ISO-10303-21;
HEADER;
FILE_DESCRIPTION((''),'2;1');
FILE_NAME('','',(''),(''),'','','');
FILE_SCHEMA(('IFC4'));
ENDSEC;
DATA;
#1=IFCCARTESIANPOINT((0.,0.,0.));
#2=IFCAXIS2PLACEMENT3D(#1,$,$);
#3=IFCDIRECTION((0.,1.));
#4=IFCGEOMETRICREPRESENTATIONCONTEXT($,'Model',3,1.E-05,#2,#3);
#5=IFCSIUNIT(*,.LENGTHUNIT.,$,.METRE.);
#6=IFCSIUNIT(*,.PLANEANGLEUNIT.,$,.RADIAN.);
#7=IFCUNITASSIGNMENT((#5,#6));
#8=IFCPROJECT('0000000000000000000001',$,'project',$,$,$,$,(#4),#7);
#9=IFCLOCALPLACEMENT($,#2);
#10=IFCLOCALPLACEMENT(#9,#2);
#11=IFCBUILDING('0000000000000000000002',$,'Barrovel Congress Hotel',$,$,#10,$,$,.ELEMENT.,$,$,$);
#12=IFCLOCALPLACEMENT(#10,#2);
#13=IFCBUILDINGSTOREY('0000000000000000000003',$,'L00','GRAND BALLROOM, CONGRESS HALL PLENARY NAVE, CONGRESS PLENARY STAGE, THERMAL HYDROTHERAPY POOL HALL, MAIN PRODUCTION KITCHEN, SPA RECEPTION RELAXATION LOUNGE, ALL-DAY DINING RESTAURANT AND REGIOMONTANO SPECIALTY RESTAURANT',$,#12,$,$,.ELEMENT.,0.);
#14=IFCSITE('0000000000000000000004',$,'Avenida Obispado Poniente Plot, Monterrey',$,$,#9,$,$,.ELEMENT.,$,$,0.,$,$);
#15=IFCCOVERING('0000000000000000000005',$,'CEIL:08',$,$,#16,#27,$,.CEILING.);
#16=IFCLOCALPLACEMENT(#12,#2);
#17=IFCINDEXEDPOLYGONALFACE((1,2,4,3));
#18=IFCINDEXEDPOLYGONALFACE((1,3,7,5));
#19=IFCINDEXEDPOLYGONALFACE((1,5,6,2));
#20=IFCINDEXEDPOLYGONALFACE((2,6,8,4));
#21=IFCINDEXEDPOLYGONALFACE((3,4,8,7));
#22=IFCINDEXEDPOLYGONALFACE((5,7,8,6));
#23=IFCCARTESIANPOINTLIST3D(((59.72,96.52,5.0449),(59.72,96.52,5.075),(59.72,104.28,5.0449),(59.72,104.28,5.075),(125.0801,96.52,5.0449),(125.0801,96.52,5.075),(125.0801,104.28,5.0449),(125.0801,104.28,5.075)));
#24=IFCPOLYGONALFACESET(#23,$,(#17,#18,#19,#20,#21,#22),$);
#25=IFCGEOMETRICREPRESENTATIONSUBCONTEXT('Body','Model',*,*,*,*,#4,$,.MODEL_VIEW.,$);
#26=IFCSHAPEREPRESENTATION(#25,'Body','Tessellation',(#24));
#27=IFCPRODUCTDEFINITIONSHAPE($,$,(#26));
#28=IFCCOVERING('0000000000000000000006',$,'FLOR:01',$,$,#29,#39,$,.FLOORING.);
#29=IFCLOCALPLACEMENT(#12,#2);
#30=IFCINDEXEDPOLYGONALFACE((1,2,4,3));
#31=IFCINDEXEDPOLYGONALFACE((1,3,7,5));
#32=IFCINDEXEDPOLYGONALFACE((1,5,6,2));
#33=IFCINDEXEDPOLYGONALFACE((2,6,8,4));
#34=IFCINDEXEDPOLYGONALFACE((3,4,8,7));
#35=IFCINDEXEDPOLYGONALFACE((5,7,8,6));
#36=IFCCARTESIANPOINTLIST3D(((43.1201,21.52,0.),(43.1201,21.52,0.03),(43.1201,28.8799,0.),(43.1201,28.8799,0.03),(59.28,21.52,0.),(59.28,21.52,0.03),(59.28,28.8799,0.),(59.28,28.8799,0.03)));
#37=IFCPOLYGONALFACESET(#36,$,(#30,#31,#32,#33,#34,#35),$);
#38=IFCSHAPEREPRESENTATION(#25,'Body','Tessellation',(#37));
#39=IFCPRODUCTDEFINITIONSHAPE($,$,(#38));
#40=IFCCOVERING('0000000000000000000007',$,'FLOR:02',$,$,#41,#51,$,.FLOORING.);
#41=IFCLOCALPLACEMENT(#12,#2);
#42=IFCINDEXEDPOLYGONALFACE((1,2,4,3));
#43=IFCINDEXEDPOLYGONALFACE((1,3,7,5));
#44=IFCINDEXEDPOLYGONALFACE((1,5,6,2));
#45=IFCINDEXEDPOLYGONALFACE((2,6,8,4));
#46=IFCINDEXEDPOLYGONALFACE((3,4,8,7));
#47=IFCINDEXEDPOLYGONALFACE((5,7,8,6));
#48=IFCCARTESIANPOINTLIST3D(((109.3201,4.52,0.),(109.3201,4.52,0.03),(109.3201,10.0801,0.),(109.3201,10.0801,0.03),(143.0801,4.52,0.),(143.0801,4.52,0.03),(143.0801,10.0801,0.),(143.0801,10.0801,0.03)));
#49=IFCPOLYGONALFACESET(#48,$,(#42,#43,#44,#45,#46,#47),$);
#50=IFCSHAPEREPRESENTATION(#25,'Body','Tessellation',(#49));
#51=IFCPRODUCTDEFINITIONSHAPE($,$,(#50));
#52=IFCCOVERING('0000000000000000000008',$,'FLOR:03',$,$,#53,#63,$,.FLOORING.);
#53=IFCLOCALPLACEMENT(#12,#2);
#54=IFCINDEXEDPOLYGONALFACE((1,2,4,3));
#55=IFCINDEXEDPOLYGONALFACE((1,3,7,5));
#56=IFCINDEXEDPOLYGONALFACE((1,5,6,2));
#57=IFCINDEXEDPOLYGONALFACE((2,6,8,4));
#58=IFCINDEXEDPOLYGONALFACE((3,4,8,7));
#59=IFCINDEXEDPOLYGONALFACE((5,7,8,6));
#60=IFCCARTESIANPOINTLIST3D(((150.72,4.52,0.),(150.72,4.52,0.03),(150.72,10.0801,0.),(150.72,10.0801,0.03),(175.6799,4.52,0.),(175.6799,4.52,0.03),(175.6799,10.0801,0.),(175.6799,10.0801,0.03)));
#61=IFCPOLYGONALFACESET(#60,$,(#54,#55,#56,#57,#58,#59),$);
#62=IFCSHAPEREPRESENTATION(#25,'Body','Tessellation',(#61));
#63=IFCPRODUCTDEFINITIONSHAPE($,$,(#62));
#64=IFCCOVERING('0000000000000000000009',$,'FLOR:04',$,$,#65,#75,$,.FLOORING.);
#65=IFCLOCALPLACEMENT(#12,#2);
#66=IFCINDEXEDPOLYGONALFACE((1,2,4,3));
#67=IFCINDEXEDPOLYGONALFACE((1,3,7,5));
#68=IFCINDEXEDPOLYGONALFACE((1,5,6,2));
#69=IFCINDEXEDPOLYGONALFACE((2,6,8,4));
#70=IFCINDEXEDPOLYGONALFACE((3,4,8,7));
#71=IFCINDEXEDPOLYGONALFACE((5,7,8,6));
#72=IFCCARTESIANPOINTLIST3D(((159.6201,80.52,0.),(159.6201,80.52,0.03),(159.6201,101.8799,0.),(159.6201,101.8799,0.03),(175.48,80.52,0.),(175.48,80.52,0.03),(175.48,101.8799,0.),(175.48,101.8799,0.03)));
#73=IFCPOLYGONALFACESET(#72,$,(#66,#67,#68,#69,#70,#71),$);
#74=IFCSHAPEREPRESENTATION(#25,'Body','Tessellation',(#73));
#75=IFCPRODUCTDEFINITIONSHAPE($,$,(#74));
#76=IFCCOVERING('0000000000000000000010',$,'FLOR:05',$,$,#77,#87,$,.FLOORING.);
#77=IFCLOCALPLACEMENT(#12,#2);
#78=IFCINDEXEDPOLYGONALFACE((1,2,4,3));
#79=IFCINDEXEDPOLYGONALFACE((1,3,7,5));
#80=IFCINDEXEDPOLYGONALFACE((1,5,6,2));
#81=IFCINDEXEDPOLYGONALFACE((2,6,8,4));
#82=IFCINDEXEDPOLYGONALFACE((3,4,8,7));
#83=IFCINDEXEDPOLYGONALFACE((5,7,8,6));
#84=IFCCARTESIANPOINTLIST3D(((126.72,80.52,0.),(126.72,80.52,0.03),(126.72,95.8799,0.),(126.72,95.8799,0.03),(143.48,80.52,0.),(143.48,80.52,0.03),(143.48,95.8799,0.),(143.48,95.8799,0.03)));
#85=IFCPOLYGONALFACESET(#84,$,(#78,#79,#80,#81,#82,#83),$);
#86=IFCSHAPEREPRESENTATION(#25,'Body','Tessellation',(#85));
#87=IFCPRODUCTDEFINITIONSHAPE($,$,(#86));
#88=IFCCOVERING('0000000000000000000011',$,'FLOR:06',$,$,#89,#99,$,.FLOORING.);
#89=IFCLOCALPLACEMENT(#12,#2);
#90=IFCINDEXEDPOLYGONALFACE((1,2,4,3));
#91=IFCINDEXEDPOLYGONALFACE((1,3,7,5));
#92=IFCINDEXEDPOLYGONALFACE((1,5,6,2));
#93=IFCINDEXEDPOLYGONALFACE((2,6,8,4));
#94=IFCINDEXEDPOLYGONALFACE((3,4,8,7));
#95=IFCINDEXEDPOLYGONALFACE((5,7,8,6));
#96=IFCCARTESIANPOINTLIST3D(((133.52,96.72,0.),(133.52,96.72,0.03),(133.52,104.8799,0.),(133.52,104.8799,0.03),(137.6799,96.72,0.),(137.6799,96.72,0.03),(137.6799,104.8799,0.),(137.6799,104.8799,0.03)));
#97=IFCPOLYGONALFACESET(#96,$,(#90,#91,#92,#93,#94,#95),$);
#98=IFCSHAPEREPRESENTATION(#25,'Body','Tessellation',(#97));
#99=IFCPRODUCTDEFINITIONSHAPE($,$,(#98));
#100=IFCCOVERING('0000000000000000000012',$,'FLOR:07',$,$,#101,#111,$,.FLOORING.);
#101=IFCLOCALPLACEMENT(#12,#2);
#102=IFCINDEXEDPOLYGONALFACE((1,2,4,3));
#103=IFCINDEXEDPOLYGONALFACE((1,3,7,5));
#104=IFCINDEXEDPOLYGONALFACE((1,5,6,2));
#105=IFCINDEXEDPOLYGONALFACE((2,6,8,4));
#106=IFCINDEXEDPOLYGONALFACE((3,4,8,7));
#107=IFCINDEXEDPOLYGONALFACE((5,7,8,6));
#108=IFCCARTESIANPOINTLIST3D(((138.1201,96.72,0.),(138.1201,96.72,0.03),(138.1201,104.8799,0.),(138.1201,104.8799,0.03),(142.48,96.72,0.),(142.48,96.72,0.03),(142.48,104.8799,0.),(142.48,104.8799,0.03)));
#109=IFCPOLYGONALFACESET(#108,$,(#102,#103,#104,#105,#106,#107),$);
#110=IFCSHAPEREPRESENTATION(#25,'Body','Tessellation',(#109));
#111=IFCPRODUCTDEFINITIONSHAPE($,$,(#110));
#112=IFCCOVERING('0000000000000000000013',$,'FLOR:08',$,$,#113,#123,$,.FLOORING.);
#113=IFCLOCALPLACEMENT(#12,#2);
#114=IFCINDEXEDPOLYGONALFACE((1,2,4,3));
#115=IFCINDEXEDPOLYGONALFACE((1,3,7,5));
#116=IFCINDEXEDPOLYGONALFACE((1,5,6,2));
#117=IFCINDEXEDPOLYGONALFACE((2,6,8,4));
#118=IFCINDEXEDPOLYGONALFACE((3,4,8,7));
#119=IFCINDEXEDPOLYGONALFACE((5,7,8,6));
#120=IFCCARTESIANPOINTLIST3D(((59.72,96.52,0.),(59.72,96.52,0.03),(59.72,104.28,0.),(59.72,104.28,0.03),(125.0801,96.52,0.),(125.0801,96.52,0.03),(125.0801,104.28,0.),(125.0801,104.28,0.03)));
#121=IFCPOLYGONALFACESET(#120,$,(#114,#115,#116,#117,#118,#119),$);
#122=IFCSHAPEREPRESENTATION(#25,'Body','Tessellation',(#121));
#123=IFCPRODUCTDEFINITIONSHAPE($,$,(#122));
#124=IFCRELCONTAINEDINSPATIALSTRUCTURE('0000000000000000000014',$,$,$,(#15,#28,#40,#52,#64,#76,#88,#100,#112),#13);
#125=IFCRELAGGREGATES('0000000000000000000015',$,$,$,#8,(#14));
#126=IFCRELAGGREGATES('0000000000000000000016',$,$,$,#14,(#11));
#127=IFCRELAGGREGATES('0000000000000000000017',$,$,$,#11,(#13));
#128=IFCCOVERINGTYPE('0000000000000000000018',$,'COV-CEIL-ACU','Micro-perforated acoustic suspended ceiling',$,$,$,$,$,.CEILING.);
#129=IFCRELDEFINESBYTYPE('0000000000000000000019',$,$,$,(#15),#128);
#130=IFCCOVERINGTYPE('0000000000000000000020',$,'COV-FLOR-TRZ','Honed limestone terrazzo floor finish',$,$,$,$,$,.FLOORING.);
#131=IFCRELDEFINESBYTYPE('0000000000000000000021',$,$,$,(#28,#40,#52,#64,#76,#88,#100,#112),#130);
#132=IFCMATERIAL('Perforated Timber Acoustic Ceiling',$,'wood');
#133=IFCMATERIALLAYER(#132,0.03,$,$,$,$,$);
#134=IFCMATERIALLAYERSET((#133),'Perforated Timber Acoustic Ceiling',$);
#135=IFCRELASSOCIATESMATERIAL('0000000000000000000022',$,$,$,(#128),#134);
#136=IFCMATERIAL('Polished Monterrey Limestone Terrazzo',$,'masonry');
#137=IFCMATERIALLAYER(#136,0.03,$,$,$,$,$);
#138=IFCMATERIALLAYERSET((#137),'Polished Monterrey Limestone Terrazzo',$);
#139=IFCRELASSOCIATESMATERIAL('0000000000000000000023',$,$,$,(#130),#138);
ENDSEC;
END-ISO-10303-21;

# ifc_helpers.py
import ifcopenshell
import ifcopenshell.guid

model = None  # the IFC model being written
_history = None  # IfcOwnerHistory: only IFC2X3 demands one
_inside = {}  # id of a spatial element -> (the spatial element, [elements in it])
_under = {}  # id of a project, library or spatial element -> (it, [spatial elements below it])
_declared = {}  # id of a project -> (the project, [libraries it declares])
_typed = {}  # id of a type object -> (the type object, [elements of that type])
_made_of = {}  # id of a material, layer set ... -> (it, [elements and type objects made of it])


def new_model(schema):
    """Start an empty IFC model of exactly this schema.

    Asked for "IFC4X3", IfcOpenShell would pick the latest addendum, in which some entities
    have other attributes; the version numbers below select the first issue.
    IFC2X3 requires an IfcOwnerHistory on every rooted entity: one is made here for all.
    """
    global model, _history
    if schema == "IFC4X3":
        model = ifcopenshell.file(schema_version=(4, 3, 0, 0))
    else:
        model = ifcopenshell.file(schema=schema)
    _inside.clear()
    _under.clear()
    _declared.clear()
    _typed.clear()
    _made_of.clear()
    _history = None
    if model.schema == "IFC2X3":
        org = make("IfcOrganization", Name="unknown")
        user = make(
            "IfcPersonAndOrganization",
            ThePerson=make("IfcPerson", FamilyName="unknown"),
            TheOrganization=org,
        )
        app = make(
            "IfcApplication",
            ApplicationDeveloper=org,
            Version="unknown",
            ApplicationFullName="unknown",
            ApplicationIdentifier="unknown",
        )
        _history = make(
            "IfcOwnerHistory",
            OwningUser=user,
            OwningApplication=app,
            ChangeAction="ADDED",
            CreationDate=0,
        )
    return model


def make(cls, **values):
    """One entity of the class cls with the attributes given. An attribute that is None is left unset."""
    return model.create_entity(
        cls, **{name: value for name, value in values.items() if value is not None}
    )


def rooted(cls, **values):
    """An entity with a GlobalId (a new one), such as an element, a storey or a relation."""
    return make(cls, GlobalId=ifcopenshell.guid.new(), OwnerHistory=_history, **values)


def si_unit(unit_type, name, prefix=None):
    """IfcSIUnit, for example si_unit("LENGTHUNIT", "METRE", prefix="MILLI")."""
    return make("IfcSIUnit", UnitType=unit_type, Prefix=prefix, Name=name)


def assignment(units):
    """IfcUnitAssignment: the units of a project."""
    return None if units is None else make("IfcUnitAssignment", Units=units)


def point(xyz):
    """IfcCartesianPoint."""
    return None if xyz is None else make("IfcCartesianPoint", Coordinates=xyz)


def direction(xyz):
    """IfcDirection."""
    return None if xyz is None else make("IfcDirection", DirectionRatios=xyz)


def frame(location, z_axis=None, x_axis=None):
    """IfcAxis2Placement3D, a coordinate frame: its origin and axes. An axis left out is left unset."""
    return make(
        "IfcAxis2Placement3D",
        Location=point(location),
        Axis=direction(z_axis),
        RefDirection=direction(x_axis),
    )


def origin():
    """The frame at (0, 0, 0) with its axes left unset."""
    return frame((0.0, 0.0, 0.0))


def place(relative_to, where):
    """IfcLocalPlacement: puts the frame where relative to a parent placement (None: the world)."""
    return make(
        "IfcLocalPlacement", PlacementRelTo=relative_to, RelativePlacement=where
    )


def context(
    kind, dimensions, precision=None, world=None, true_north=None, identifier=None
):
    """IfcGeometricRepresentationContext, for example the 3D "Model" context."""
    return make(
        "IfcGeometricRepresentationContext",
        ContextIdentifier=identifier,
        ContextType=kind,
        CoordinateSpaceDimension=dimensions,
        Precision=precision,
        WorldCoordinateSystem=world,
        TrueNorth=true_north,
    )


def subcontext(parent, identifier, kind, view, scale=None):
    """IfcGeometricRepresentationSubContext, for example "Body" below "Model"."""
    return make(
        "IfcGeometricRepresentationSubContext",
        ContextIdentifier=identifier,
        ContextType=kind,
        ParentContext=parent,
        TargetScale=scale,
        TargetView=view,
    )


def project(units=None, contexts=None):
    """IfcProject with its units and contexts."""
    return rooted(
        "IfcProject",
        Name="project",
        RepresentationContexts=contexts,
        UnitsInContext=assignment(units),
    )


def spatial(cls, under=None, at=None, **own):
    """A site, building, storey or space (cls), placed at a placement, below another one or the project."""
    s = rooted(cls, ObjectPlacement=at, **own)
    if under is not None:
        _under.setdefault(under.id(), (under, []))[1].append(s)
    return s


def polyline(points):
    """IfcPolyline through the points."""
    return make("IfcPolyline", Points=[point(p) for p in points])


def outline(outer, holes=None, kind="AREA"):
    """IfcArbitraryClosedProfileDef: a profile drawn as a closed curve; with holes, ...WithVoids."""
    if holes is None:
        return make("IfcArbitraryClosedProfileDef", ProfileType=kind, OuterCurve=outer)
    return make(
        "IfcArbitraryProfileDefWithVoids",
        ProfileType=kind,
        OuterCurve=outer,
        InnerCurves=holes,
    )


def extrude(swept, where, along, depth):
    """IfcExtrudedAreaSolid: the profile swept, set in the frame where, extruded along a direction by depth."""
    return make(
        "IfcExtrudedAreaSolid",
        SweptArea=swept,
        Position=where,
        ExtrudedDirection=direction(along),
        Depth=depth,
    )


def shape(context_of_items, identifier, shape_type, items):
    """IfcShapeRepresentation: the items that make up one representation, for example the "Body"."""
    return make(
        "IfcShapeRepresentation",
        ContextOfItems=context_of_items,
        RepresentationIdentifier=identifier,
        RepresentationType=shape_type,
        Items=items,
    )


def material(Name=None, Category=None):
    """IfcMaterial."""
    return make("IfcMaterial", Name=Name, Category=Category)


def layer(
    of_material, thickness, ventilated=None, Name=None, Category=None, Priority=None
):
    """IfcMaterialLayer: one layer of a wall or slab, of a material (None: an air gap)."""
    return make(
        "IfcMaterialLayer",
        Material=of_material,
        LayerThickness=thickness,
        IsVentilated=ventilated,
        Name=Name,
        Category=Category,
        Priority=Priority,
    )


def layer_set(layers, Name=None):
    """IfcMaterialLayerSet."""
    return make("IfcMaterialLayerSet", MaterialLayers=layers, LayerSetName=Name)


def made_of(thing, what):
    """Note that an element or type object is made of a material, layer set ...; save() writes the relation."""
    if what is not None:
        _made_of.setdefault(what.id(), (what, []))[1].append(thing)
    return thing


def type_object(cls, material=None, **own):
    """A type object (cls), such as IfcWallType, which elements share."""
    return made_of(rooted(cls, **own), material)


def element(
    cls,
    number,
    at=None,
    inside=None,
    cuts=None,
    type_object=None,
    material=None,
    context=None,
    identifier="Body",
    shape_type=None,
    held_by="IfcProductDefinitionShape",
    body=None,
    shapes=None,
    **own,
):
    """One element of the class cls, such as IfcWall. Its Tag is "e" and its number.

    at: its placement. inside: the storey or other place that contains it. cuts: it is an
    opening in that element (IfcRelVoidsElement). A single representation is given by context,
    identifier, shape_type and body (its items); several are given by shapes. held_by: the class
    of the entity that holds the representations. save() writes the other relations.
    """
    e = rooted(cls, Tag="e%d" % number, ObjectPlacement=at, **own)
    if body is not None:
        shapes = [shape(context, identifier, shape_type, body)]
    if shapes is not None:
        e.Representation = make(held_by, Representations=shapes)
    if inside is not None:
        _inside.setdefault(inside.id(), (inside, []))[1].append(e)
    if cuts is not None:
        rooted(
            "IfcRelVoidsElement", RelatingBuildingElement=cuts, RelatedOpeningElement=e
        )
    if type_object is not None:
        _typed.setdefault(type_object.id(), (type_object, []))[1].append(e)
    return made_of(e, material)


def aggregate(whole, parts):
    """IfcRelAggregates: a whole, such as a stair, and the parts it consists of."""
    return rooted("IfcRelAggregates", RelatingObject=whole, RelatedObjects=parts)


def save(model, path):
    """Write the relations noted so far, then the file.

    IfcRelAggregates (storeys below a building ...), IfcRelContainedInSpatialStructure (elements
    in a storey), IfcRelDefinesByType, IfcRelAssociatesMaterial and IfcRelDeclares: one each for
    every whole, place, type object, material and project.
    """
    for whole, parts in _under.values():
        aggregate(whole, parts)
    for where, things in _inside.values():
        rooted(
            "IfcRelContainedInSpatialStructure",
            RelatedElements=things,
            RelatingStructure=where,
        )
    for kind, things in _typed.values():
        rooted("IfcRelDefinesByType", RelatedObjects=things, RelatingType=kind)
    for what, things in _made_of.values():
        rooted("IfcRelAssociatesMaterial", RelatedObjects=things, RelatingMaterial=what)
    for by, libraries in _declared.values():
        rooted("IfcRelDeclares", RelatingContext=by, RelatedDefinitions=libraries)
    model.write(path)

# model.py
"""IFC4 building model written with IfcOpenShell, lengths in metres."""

from ifc_helpers import new_model, si_unit, direction, frame, origin, place, context, subcontext, project, spatial, polyline, outline, extrude, material, layer, layer_set, type_object, element, save


model = new_model("IFC4")

# Units and contexts
model_context = context("Model", 3, precision=1e-05, world=origin(), true_north=direction((0.0, 1.0)))
body_context = subcontext(model_context, "Body", "Model", "MODEL_VIEW")
ifc_project = project(units=[si_unit("LENGTHUNIT", "METRE"), si_unit("PLANEANGLEUNIT", "RADIAN")], contexts=[model_context])

# Site, building, storey
site_placement = place(None, origin())
site = spatial("IfcSite", under=ifc_project, at=site_placement, Name="Avenida Obispado Poniente Plot, Monterrey", CompositionType="ELEMENT", RefElevation=0.0)
building_placement = place(site_placement, origin())
building = spatial("IfcBuilding", under=site, at=building_placement, Name="Barrovel Congress Hotel", CompositionType="ELEMENT")
storey_placement = place(building_placement, origin())
storey = spatial("IfcBuildingStorey", under=building, at=storey_placement, Name="L00", Description="GRAND BALLROOM, CONGRESS HALL PLENARY NAVE, CONGRESS PLENARY STAGE, THERMAL HYDROTHERAPY POOL HALL, MAIN PRODUCTION KITCHEN, SPA RECEPTION RELAXATION LOUNGE, ALL-DAY DINING RESTAURANT AND REGIOMONTANO SPECIALTY RESTAURANT", CompositionType="ELEMENT", Elevation=0.0)

# Coverings
ifc_material_1 = material(Name="Perforated Timber Acoustic Ceiling", Category="wood")
ifc_layer_1 = layer(ifc_material_1, 0.03)
ifc_layer_set_1 = layer_set([ifc_layer_1], Name="Perforated Timber Acoustic Ceiling")
covering_type_1 = type_object("IfcCoveringType", Name="COV-CEIL-ACU", Description="Micro-perforated acoustic suspended ceiling", PredefinedType="CEILING", material=ifc_layer_set_1)
covering_1_placement = place(storey_placement, frame((0.0, 0.0, 5.0449)))
element("IfcCovering", 1, at=covering_1_placement, inside=storey, type_object=covering_type_1, Name="CEIL:08", PredefinedType="CEILING", context=body_context, shape_type="SweptSolid", body=[
    extrude(outline(polyline([(59.72, 96.52), (125.0801, 96.52), (125.0801, 104.28), (59.72, 104.28), (59.72, 96.52)])), origin(), (0.0, 0.0, 1.0), 0.03),
])
ifc_material_2 = material(Name="Polished Monterrey Limestone Terrazzo", Category="masonry")
ifc_layer_2 = layer(ifc_material_2, 0.03)
ifc_layer_set_2 = layer_set([ifc_layer_2], Name="Polished Monterrey Limestone Terrazzo")
covering_type_2 = type_object("IfcCoveringType", Name="COV-FLOR-TRZ", Description="Honed limestone terrazzo floor finish", PredefinedType="FLOORING", material=ifc_layer_set_2)
covering_2_placement = place(storey_placement, origin())
element("IfcCovering", 2, at=covering_2_placement, inside=storey, type_object=covering_type_2, Name="FLOR:01", PredefinedType="FLOORING", context=body_context, shape_type="SweptSolid", body=[
    extrude(outline(polyline([(43.1201, 21.52), (59.28, 21.52), (59.28, 28.8799), (43.1201, 28.8799), (43.1201, 21.52)])), origin(), (0.0, 0.0, 1.0), 0.03),
])
covering_3_placement = place(storey_placement, origin())
element("IfcCovering", 3, at=covering_3_placement, inside=storey, type_object=covering_type_2, Name="FLOR:02", PredefinedType="FLOORING", context=body_context, shape_type="SweptSolid", body=[
    extrude(outline(polyline([(109.3201, 4.52), (143.0801, 4.52), (143.0801, 10.0801), (109.3201, 10.0801), (109.3201, 4.52)])), origin(), (0.0, 0.0, 1.0), 0.03),
])
covering_4_placement = place(storey_placement, origin())
element("IfcCovering", 4, at=covering_4_placement, inside=storey, type_object=covering_type_2, Name="FLOR:03", PredefinedType="FLOORING", context=body_context, shape_type="SweptSolid", body=[
    extrude(outline(polyline([(150.72, 4.52), (175.6799, 4.52), (175.6799, 10.0801), (150.72, 10.0801), (150.72, 4.52)])), origin(), (0.0, 0.0, 1.0), 0.03),
])
covering_5_placement = place(storey_placement, origin())
element("IfcCovering", 5, at=covering_5_placement, inside=storey, type_object=covering_type_2, Name="FLOR:04", PredefinedType="FLOORING", context=body_context, shape_type="SweptSolid", body=[
    extrude(outline(polyline([(159.6201, 80.52), (175.48, 80.52), (175.48, 101.8799), (159.6201, 101.8799), (159.6201, 80.52)])), origin(), (0.0, 0.0, 1.0), 0.03),
])
covering_6_placement = place(storey_placement, origin())
element("IfcCovering", 6, at=covering_6_placement, inside=storey, type_object=covering_type_2, Name="FLOR:05", PredefinedType="FLOORING", context=body_context, shape_type="SweptSolid", body=[
    extrude(outline(polyline([(126.72, 80.52), (143.48, 80.52), (143.48, 95.8799), (126.72, 95.8799), (126.72, 80.52)])), origin(), (0.0, 0.0, 1.0), 0.03),
])
covering_7_placement = place(storey_placement, origin())
element("IfcCovering", 7, at=covering_7_placement, inside=storey, type_object=covering_type_2, Name="FLOR:06", PredefinedType="FLOORING", context=body_context, shape_type="SweptSolid", body=[
    extrude(outline(polyline([(133.52, 96.72), (137.6799, 96.72), (137.6799, 104.8799), (133.52, 104.8799), (133.52, 96.72)])), origin(), (0.0, 0.0, 1.0), 0.03),
])
covering_8_placement = place(storey_placement, origin())
element("IfcCovering", 8, at=covering_8_placement, inside=storey, type_object=covering_type_2, Name="FLOR:07", PredefinedType="FLOORING", context=body_context, shape_type="SweptSolid", body=[
    extrude(outline(polyline([(138.1201, 96.72), (142.48, 96.72), (142.48, 104.8799), (138.1201, 104.8799), (138.1201, 96.72)])), origin(), (0.0, 0.0, 1.0), 0.03),
])
covering_9_placement = place(storey_placement, origin())
element("IfcCovering", 9, at=covering_9_placement, inside=storey, type_object=covering_type_2, Name="FLOR:08", PredefinedType="FLOORING", context=body_context, shape_type="SweptSolid", body=[
    extrude(outline(polyline([(59.72, 96.52), (125.0801, 96.52), (125.0801, 104.28), (59.72, 104.28), (59.72, 96.52)])), origin(), (0.0, 0.0, 1.0), 0.03),
])

save(model, "model.ifc")
